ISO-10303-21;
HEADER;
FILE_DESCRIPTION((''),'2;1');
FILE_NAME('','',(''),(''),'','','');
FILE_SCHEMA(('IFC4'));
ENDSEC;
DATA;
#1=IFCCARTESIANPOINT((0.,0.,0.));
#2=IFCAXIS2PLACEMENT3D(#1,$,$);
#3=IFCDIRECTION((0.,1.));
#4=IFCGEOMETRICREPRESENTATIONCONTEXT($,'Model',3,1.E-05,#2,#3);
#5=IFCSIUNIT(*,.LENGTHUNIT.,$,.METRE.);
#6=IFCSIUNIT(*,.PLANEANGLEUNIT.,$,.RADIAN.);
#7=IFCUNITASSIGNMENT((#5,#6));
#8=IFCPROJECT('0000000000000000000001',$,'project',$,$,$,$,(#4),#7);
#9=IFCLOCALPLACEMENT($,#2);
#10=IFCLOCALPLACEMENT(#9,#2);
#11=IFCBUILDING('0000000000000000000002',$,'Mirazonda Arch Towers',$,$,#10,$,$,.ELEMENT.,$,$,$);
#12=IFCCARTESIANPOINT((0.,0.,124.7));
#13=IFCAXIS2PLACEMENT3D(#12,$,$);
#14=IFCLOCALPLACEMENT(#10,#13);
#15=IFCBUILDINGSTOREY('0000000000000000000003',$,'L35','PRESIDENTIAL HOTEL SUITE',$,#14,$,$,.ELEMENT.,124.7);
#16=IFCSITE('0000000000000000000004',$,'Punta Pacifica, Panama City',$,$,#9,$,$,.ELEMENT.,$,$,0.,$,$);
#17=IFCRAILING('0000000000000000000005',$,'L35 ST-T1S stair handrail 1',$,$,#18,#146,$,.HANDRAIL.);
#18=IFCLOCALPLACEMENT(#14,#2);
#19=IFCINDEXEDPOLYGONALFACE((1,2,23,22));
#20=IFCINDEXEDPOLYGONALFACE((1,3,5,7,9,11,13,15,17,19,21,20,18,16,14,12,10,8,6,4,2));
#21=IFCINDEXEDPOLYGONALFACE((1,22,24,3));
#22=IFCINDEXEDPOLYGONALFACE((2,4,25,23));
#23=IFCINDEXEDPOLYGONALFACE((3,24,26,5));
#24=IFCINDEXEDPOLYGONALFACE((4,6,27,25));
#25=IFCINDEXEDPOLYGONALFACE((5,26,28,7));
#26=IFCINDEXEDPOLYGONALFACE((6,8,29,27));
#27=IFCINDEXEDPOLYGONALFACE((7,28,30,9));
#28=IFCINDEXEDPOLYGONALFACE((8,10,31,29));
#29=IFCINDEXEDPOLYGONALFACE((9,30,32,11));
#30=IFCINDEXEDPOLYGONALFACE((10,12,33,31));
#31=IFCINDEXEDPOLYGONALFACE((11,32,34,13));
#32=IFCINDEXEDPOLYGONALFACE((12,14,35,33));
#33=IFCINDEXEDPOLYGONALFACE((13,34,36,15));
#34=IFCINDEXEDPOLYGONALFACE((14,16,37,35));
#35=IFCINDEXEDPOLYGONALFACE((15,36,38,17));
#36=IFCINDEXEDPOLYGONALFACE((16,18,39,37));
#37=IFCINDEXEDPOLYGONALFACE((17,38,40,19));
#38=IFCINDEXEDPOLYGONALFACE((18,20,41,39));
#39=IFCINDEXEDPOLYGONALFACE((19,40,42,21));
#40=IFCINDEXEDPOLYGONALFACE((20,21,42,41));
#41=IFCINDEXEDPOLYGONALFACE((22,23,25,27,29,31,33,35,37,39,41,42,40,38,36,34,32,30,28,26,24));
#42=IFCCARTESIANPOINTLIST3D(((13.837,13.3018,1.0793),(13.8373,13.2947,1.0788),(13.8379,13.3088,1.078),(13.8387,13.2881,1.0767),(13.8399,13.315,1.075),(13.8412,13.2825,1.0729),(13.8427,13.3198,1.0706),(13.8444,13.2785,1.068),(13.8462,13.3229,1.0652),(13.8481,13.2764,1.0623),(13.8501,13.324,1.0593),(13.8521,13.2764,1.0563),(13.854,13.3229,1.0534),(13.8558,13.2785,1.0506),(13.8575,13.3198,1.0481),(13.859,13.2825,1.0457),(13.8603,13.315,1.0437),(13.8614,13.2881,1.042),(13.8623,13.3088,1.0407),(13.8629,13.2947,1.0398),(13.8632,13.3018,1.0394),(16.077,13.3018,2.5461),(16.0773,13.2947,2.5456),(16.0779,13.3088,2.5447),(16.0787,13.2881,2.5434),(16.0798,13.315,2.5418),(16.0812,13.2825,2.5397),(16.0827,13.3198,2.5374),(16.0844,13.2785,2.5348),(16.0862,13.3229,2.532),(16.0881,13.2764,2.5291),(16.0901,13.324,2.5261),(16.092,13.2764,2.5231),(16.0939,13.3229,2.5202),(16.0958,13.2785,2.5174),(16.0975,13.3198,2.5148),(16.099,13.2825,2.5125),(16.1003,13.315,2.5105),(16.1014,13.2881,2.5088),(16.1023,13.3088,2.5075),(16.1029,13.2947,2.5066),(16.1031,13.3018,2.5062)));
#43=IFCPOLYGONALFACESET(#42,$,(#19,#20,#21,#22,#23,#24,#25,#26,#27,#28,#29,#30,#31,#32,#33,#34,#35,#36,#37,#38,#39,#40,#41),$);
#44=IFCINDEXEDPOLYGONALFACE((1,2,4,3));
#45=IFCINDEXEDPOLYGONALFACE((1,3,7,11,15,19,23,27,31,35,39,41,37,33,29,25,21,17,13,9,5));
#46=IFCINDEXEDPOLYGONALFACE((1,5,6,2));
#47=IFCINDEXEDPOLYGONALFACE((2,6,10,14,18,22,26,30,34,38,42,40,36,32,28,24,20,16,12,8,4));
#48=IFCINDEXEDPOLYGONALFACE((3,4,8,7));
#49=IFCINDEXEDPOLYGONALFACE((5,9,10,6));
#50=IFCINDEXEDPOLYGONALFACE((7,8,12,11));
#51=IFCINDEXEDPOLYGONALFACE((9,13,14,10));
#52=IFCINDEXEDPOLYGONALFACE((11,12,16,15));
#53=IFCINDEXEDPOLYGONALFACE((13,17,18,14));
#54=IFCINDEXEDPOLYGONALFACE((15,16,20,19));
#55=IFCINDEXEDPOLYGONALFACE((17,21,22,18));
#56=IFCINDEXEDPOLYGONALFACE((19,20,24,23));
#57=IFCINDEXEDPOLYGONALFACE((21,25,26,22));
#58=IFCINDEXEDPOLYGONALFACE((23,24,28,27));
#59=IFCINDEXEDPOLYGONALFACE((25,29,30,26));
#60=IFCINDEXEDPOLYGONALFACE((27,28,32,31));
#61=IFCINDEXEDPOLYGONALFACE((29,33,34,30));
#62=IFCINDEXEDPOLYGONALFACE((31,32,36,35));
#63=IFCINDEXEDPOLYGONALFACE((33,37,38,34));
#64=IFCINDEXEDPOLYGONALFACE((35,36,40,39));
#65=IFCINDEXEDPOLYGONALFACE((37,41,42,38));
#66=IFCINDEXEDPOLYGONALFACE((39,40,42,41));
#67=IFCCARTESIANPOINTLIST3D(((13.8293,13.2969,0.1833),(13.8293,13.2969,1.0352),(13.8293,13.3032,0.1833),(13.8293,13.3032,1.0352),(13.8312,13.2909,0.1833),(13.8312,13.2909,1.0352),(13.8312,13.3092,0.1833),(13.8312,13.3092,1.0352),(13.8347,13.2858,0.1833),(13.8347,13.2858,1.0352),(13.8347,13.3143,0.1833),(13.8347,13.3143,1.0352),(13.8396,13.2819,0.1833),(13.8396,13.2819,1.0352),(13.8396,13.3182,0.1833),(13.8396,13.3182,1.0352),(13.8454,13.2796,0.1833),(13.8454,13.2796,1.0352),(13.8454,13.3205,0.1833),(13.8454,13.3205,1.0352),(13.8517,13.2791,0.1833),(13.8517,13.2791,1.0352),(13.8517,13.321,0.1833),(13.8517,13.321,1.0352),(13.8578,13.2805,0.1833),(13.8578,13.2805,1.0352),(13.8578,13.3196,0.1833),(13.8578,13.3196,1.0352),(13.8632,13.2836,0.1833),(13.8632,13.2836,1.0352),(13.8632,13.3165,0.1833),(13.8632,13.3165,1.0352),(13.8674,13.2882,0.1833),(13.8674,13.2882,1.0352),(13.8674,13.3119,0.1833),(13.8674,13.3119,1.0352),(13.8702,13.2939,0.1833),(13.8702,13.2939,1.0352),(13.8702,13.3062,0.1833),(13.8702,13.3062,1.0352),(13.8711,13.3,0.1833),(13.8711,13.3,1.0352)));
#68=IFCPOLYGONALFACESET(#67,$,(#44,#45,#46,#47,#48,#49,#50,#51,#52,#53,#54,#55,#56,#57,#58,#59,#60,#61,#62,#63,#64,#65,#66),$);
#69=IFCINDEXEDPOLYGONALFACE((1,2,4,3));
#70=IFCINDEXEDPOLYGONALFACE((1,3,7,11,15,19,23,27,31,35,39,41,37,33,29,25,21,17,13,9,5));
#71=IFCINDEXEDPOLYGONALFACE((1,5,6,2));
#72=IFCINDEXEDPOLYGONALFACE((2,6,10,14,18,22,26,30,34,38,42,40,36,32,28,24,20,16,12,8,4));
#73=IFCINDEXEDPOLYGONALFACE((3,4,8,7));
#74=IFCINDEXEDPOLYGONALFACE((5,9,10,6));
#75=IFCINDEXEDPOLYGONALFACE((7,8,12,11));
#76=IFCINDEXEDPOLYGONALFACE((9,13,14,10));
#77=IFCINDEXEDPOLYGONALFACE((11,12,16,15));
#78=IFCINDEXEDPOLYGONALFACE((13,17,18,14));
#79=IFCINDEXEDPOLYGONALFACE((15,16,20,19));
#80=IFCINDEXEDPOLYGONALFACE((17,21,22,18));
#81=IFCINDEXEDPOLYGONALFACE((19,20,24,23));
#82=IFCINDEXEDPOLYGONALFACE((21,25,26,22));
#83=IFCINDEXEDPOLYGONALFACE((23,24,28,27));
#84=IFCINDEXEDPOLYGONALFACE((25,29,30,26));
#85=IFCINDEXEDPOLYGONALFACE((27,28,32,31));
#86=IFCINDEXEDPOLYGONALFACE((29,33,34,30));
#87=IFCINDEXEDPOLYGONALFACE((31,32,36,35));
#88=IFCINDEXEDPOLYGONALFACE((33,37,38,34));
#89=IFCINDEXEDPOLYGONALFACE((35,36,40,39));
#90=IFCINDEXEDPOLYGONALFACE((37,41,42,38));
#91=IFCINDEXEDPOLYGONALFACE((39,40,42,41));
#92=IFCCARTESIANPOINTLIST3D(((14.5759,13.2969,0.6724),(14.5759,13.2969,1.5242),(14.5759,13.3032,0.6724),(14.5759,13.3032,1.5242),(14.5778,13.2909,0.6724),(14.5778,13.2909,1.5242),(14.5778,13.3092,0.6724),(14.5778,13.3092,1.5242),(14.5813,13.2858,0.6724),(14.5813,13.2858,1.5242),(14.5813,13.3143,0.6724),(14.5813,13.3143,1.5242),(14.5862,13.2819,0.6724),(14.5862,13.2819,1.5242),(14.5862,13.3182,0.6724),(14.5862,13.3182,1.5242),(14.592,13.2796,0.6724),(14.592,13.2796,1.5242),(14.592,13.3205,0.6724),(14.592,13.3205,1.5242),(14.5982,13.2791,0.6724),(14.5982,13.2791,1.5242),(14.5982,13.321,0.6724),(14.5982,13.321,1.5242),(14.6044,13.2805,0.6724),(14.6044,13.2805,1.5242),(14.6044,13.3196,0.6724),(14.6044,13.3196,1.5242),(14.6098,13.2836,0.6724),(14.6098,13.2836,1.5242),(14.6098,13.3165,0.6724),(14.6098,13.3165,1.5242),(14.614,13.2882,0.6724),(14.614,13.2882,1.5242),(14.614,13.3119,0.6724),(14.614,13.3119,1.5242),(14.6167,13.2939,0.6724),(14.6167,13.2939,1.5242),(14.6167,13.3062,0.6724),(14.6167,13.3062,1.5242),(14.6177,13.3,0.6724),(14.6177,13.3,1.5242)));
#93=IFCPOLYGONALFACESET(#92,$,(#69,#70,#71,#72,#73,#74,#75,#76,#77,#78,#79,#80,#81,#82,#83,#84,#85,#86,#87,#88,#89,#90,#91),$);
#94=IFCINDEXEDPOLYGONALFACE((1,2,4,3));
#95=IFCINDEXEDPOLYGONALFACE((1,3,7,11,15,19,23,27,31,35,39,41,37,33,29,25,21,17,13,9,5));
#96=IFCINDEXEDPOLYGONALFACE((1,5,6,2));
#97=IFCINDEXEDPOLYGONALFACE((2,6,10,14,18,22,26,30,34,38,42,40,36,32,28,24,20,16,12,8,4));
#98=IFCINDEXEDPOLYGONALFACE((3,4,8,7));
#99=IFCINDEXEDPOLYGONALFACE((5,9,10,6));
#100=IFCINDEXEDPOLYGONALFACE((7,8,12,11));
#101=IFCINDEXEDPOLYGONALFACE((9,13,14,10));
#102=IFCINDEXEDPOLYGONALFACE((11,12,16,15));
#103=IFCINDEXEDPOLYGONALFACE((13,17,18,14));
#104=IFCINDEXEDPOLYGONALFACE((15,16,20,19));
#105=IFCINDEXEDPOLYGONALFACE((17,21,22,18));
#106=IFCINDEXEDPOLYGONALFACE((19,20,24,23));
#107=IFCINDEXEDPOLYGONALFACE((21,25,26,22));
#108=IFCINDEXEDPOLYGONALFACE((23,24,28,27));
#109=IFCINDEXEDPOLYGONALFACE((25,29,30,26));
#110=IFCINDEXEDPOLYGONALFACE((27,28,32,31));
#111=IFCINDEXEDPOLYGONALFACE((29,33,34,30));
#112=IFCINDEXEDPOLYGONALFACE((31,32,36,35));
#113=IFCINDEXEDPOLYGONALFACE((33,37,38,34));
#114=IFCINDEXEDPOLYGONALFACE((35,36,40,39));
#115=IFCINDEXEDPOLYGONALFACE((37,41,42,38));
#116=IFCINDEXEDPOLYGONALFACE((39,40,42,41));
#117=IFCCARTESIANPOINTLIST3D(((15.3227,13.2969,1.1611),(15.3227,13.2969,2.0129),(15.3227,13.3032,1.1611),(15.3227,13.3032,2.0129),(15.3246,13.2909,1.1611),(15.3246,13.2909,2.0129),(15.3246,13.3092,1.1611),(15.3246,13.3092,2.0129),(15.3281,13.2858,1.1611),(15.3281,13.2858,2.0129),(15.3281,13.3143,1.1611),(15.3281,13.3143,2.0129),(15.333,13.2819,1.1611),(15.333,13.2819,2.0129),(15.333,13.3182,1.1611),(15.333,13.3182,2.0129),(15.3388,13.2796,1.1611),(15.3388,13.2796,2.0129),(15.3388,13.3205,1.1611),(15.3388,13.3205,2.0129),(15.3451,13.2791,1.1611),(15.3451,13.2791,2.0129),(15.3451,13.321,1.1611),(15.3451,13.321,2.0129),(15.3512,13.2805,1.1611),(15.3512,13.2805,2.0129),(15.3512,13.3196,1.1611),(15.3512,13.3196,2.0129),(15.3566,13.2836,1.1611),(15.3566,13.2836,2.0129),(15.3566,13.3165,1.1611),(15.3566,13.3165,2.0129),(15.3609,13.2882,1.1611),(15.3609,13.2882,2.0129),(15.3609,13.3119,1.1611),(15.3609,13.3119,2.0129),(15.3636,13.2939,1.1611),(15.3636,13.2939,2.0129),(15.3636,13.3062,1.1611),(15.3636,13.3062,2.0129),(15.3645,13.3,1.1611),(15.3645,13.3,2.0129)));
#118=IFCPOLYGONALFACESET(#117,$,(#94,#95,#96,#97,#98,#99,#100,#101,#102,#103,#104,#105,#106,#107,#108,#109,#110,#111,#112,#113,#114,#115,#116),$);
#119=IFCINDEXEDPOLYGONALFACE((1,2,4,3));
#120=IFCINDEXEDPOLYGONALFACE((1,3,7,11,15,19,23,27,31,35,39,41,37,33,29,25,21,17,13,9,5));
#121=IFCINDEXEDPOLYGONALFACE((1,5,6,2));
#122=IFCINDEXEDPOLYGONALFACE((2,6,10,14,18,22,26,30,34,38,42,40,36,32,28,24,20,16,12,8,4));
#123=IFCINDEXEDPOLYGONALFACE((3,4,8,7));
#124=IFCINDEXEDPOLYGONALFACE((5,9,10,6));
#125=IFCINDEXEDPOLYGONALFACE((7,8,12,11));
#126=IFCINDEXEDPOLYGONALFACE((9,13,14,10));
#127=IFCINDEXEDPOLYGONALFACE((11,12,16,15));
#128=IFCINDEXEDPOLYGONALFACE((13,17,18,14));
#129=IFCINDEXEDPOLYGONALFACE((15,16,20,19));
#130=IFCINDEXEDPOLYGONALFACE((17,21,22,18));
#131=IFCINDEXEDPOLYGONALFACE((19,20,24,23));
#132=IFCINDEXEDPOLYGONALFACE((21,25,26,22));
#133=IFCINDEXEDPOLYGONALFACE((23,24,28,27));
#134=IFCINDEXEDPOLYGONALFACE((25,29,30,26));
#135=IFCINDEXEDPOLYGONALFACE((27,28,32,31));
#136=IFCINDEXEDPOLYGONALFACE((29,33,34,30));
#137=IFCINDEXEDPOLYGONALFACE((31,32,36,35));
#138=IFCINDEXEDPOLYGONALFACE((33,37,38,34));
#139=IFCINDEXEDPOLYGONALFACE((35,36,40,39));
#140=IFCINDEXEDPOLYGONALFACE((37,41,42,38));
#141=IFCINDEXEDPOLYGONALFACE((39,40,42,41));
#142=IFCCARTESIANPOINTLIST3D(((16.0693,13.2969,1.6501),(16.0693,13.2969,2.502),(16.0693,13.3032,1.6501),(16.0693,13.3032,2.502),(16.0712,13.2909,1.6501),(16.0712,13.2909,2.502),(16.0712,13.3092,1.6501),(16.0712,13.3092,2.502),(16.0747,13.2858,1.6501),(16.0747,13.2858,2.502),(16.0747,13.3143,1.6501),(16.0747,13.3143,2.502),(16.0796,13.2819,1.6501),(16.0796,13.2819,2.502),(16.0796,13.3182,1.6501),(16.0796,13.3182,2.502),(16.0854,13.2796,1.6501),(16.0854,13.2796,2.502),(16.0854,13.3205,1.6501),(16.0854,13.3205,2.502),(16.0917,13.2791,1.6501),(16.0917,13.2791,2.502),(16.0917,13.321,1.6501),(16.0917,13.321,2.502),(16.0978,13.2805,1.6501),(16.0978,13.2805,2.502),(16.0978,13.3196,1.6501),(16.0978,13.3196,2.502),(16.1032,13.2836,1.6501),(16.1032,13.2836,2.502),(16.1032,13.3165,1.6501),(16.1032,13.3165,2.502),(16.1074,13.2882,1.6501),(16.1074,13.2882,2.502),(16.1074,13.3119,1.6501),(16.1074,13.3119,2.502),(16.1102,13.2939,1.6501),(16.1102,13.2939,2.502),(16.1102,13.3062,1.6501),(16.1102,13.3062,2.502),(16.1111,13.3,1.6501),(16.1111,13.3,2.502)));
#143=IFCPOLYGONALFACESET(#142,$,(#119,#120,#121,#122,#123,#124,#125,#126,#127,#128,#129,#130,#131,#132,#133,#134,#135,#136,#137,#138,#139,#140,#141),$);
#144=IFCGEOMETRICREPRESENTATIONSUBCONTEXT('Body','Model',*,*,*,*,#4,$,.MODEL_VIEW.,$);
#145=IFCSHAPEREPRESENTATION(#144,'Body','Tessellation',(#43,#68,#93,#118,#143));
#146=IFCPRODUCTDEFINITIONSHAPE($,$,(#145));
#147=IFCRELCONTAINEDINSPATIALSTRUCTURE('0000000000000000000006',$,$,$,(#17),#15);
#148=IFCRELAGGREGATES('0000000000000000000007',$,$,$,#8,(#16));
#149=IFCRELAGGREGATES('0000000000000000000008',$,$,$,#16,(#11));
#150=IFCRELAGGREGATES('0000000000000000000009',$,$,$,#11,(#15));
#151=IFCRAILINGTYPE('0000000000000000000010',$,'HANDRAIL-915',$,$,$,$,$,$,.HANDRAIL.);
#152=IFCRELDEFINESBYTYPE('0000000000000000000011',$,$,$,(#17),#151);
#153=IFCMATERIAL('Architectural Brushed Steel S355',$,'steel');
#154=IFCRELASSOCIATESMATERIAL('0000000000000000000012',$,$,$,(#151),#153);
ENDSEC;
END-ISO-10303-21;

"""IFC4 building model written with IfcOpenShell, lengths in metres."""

from ifc_helpers import new_model, si_unit, direction, frame, origin, origin_2d, place, context, subcontext, project, spatial, circle, extrude, material, type_object, element, save


model = new_model("IFC4")

# Units and contexts
model_context = context("Model", 3, precision=1e-05, world=origin(), true_north=direction((0.0, 1.0)))
body_context = subcontext(model_context, "Body", "Model", "MODEL_VIEW")
ifc_project = project(units=[si_unit("LENGTHUNIT", "METRE"), si_unit("PLANEANGLEUNIT", "RADIAN")], contexts=[model_context])

# Site, building, storey
site_placement = place(None, origin())
site = spatial("IfcSite", under=ifc_project, at=site_placement, Name="Punta Pacifica, Panama City", CompositionType="ELEMENT", RefElevation=0.0)
building_placement = place(site_placement, origin())
building = spatial("IfcBuilding", under=site, at=building_placement, Name="Mirazonda Arch Towers", CompositionType="ELEMENT")
storey_placement = place(building_placement, frame((0.0, 0.0, 124.7)))
storey = spatial("IfcBuildingStorey", under=building, at=storey_placement, Name="L35", Description="PRESIDENTIAL HOTEL SUITE", CompositionType="ELEMENT", Elevation=124.7)

# Shared definitions
ifc_material_1 = material(Name="Architectural Brushed Steel S355", Category="steel")

# Railing
railing_type_1 = type_object("IfcRailingType", Name="HANDRAIL-915", PredefinedType="HANDRAIL", material=ifc_material_1)
railing_1_placement = place(storey_placement, frame((13.8501, 13.3, 0.1833)))
element("IfcRailing", 1, at=railing_1_placement, inside=storey, type_object=railing_type_1, Name="L35 ST-T1S stair handrail 1", PredefinedType="HANDRAIL", context=body_context, shape_type="SweptSolid", body=[
    extrude(circle(Radius=0.0239, at=origin_2d()), frame((0.0, 0.0, 0.876), z_axis=(0.836595, 0.0, 0.547822), x_axis=(0.0, 1.0, 0.0)), (0.0, 0.0, 1.0), 2.6775),
    extrude(circle(Radius=0.021, at=origin_2d()), origin(), (0.0, 0.0, 1.0), 0.8518),
    extrude(circle(Radius=0.021, at=origin_2d()), frame((0.7466, 0.0, 0.489)), (0.0, 0.0, 1.0), 0.8518),
    extrude(circle(Radius=0.021, at=origin_2d()), frame((1.4934, 0.0, 0.9778)), (0.0, 0.0, 1.0), 0.8518),
    extrude(circle(Radius=0.021, at=origin_2d()), frame((2.24, 0.0, 1.4668)), (0.0, 0.0, 1.0), 0.8518),
])

save(model, "model.ifc")
